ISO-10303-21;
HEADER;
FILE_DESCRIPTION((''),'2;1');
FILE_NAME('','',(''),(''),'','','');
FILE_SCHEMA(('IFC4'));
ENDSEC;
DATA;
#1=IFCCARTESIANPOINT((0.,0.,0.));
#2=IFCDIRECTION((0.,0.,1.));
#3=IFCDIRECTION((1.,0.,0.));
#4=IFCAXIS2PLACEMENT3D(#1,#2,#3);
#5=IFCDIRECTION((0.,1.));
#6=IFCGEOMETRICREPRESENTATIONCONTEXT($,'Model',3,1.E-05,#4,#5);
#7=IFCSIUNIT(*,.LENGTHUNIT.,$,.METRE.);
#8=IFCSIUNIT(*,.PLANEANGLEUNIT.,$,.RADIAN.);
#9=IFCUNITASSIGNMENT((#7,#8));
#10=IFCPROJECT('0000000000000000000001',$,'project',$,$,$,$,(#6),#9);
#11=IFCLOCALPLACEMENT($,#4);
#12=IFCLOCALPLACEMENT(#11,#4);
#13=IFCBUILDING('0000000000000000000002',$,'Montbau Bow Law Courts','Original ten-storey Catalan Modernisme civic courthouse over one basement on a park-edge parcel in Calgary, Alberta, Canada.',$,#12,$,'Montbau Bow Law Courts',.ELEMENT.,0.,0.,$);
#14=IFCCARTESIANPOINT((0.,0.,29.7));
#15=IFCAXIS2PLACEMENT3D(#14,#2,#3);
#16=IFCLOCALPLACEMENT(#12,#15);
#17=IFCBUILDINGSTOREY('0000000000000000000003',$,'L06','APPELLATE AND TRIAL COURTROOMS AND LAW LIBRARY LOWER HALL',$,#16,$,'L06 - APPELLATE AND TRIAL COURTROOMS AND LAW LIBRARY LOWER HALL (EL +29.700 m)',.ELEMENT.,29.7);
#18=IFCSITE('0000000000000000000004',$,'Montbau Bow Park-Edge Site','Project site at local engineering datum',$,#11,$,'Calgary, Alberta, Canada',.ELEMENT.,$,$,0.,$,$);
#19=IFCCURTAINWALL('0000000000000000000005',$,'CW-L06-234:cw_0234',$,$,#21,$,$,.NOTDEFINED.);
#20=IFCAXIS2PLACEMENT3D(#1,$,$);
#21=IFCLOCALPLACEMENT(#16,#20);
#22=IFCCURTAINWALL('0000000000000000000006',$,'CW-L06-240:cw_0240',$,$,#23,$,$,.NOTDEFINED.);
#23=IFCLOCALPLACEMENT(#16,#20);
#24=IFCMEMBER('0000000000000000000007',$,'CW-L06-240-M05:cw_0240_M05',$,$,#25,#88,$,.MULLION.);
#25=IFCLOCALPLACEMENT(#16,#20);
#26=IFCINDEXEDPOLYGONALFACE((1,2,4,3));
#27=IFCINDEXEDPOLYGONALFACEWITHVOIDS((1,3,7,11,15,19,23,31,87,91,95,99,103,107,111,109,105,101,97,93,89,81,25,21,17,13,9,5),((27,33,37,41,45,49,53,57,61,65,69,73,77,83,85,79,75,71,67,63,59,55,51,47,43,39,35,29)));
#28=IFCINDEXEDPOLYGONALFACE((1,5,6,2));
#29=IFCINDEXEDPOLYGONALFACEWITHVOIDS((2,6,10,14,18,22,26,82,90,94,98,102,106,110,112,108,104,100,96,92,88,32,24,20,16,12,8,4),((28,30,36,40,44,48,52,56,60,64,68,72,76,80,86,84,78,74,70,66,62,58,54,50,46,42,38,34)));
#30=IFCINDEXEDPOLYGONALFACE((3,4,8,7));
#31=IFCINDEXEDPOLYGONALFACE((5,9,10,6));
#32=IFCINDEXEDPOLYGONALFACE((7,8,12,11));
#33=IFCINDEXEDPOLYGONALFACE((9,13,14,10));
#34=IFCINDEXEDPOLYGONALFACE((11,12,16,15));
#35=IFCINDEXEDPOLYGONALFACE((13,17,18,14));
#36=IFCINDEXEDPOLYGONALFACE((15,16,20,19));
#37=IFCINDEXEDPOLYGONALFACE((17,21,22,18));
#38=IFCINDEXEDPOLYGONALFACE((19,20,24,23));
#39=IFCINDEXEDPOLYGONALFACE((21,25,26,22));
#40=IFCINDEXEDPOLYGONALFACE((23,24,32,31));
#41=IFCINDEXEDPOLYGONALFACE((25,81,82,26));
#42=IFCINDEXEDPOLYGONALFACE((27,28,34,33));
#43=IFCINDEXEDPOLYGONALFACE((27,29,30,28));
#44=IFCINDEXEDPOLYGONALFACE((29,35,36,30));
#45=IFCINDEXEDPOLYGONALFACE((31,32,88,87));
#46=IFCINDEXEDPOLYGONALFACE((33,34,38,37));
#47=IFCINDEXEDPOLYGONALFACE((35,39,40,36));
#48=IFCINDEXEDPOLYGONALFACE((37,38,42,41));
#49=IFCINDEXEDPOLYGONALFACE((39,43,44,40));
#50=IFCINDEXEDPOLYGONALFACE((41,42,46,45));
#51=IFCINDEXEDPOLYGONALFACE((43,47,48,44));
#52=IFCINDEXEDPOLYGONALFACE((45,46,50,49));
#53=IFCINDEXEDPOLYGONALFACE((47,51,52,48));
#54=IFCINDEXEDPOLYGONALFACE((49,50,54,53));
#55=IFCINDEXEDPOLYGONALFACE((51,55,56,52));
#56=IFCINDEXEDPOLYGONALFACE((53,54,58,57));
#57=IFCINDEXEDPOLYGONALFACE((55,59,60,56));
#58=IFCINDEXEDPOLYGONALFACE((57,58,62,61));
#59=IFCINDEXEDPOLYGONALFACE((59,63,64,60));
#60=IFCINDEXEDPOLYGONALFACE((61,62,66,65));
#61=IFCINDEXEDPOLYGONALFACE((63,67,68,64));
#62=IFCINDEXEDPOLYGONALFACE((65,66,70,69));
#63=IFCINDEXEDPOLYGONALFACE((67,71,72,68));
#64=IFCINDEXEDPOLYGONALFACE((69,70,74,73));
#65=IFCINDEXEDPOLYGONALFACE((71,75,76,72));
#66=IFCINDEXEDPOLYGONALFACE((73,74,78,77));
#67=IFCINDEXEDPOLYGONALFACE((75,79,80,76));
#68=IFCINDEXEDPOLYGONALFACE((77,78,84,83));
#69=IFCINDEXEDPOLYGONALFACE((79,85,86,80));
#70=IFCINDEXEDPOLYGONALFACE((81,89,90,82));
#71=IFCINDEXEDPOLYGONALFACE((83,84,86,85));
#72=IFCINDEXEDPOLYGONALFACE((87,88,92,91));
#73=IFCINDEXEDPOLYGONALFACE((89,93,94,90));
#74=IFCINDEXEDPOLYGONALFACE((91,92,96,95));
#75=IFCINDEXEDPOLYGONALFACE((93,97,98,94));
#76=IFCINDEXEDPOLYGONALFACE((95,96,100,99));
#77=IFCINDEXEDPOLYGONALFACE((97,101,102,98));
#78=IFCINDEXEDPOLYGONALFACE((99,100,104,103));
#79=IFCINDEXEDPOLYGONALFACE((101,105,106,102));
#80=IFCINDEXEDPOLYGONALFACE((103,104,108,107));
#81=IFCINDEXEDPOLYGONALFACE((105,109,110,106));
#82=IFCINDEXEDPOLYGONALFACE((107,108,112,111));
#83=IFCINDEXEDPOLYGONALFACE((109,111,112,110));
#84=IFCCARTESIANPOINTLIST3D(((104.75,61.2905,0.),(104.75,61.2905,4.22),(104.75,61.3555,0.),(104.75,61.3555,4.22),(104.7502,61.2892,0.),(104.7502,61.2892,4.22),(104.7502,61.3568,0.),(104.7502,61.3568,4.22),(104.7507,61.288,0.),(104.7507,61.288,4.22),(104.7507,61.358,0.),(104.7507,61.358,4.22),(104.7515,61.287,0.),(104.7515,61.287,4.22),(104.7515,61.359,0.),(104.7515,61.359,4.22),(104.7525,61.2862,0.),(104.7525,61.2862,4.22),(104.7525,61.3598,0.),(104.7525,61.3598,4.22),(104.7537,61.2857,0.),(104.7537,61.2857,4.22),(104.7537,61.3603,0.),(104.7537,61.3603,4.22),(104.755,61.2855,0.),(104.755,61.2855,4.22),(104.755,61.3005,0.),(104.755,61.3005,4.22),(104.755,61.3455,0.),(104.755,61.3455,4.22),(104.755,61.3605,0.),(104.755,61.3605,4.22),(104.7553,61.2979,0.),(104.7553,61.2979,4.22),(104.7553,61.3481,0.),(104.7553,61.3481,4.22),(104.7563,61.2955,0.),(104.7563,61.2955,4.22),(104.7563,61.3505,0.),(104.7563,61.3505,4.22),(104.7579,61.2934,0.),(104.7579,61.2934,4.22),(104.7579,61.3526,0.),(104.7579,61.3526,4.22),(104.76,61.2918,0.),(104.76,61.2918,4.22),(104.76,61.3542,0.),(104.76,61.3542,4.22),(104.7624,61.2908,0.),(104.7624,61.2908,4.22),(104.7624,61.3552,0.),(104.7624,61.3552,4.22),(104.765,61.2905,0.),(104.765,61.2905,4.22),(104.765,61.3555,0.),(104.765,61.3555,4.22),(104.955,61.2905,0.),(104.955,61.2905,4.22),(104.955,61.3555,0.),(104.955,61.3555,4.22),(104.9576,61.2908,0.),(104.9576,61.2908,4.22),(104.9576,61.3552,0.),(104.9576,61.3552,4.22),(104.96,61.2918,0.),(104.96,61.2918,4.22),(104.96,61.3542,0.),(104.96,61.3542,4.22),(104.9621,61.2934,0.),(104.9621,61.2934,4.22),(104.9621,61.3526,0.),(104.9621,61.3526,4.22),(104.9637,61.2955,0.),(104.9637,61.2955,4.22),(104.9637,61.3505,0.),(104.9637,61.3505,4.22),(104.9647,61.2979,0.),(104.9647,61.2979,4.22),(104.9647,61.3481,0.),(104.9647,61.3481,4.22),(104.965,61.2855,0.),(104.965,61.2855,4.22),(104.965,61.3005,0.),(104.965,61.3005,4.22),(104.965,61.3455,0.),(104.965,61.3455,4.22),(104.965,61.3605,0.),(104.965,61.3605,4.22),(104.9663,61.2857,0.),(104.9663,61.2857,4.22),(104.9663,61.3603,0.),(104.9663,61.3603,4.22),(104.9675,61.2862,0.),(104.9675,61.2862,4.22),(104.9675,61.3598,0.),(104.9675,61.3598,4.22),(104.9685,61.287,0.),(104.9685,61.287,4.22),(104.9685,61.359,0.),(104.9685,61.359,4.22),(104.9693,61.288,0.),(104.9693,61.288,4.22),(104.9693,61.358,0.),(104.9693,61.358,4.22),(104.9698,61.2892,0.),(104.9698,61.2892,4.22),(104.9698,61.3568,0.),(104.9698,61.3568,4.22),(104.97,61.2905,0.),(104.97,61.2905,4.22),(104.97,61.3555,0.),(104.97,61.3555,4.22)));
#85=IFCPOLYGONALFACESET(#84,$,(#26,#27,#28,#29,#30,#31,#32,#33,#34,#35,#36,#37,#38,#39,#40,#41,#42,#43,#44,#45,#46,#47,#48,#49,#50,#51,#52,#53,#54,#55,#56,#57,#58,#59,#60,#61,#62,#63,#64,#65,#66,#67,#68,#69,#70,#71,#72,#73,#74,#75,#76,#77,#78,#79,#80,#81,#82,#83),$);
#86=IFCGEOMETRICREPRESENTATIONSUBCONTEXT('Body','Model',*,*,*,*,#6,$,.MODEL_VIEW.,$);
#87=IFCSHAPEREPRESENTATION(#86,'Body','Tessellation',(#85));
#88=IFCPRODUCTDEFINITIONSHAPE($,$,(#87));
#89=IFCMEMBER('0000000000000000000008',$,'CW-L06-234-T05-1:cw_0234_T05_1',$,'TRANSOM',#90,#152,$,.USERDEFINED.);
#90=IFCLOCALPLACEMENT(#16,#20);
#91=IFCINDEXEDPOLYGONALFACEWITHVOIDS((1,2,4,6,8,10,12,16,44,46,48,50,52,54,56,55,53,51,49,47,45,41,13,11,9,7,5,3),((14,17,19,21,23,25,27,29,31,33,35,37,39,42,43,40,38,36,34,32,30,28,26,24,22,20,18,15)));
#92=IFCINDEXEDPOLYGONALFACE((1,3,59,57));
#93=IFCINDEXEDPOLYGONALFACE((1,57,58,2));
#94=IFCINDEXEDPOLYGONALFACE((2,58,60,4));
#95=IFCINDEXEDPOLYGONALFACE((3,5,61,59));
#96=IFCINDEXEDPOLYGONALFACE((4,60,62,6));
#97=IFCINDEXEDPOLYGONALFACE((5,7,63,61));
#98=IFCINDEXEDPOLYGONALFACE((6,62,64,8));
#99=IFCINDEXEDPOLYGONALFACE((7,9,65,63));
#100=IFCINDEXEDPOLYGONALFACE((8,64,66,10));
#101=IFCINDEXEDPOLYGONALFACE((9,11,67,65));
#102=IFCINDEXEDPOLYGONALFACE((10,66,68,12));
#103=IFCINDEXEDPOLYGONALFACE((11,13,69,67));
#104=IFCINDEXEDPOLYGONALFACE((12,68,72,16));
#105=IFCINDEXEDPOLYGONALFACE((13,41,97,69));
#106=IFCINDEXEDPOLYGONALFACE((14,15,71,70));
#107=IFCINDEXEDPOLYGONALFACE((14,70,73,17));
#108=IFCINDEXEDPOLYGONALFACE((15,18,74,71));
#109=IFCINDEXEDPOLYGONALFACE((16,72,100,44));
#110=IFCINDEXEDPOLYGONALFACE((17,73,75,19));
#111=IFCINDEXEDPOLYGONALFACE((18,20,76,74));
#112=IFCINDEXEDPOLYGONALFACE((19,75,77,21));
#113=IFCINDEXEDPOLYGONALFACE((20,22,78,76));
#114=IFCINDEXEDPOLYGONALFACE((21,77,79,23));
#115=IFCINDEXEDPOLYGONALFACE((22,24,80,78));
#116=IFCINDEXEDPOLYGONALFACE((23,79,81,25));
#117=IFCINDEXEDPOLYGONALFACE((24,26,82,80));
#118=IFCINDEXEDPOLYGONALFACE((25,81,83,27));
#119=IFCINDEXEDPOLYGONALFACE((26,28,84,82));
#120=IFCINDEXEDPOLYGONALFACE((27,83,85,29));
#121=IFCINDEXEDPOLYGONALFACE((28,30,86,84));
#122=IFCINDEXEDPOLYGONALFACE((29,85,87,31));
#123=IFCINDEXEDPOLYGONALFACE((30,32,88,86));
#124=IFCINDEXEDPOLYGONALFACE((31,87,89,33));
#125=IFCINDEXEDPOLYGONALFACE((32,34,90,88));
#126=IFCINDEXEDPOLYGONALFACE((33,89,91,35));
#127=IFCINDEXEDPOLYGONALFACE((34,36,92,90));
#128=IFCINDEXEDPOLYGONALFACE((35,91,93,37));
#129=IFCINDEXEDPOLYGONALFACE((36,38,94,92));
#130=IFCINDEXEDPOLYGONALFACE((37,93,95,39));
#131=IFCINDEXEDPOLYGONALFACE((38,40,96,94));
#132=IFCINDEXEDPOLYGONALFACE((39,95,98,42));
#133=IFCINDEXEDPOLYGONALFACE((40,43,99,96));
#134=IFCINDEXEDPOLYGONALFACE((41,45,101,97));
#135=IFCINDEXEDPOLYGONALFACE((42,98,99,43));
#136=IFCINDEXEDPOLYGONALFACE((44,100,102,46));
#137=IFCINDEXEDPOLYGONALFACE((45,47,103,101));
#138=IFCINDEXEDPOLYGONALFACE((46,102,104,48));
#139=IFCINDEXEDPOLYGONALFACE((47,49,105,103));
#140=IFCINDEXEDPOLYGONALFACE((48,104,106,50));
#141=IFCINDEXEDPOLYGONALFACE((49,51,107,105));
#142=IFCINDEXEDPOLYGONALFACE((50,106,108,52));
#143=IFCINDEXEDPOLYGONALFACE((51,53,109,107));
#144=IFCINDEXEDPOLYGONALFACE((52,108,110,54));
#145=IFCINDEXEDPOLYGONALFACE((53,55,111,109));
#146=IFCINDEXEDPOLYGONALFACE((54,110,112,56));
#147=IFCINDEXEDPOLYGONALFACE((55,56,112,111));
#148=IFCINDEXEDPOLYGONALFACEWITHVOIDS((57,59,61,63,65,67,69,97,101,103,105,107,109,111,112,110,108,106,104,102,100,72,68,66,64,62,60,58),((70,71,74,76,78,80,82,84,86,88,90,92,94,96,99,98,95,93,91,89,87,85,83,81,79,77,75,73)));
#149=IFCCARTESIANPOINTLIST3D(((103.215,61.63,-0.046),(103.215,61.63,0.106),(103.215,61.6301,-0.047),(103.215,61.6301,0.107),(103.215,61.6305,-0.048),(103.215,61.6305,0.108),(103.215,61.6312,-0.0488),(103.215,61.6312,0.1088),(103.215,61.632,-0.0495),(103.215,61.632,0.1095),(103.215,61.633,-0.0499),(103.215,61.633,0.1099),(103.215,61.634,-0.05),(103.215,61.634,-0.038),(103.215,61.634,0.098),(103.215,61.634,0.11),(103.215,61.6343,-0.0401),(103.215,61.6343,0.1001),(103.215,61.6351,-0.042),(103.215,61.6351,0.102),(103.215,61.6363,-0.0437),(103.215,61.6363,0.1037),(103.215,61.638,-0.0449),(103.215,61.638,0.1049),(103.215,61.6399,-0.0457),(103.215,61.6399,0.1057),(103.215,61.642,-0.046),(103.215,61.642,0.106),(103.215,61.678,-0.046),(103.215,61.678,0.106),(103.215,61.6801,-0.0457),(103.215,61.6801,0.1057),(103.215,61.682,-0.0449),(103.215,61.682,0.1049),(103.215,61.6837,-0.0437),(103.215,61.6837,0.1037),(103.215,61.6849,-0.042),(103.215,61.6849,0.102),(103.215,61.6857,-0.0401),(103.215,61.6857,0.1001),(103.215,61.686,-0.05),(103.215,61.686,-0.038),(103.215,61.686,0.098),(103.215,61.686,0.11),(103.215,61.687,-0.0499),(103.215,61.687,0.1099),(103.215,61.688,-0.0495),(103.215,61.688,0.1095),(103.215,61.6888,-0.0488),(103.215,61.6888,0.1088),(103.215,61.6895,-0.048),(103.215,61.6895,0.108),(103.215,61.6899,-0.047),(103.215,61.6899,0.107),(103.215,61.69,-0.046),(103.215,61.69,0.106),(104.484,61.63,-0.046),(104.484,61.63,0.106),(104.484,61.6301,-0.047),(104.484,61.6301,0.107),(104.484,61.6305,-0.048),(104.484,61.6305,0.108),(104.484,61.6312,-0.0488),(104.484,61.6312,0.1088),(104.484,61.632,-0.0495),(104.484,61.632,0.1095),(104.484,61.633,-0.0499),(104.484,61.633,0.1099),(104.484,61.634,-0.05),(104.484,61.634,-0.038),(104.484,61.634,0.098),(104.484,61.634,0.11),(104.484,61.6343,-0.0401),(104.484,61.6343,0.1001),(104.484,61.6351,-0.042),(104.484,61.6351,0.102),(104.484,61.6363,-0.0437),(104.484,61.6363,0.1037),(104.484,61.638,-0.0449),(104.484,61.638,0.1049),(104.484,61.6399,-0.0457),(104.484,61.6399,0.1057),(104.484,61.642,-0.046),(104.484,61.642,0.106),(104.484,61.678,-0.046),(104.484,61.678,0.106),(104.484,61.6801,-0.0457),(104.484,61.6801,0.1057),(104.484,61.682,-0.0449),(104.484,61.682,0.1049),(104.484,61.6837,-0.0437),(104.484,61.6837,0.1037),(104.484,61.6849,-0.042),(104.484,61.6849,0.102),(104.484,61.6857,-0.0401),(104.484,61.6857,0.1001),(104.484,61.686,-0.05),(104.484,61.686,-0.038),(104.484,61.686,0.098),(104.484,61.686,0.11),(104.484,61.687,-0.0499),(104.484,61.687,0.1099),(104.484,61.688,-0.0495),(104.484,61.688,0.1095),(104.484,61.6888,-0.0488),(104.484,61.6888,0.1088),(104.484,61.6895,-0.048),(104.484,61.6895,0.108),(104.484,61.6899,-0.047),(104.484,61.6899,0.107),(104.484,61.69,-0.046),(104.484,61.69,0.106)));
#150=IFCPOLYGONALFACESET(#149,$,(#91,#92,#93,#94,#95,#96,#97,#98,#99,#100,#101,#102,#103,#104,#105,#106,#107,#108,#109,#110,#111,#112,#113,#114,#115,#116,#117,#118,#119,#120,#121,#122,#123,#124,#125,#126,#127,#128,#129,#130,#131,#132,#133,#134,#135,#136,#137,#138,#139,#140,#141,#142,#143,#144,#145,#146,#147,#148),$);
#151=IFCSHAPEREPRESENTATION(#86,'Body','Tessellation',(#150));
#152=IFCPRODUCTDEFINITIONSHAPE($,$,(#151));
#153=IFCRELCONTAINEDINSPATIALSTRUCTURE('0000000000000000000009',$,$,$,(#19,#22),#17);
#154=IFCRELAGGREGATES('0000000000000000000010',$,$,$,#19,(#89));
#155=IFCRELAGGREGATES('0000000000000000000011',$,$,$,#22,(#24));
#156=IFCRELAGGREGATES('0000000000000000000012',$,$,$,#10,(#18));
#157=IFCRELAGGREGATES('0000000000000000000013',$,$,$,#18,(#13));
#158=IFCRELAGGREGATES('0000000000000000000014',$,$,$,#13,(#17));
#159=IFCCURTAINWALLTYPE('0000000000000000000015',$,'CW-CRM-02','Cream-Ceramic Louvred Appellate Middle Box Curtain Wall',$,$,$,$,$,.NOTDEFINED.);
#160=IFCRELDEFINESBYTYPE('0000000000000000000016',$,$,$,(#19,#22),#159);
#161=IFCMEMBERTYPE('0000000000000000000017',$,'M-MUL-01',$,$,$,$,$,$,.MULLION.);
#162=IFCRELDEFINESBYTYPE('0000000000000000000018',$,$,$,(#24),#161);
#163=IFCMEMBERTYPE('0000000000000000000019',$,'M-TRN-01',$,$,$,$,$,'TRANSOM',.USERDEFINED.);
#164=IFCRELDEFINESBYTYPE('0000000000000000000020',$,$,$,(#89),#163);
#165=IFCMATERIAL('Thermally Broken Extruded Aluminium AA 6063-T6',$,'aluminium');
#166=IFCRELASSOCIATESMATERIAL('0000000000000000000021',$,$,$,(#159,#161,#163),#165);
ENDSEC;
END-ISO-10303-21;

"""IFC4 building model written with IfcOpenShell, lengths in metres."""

from ifc_helpers import new_model, si_unit, direction, frame, origin_with_axes, origin_2d_with_axis, place, context, subcontext, project, spatial, hollow_rectangle, extrude, material, material_profile, profile_set, type_object, element, aggregate, save


model = new_model("IFC4")

# Units and contexts
model_context = context("Model", 3, precision=1e-05, world=origin_with_axes(), true_north=direction((0.0, 1.0)))
body_context = subcontext(model_context, "Body", "Model", "MODEL_VIEW")
ifc_project = project(units=[si_unit("LENGTHUNIT", "METRE"), si_unit("PLANEANGLEUNIT", "RADIAN")], contexts=[model_context])

# Site, building, storey
site_placement = place(None, origin_with_axes())
site = spatial("IfcSite", under=ifc_project, at=site_placement, Name="Montbau Bow Park-Edge Site", Description="Project site at local engineering datum", LongName="Calgary, Alberta, Canada", CompositionType="ELEMENT", RefElevation=0.0)
building_placement = place(site_placement, origin_with_axes())
building = spatial("IfcBuilding", under=site, at=building_placement, Name="Montbau Bow Law Courts", Description="Original ten-storey Catalan Modernisme civic courthouse over one basement on a park-edge parcel in Calgary, Alberta, Canada.", LongName="Montbau Bow Law Courts", CompositionType="ELEMENT", ElevationOfRefHeight=0.0, ElevationOfTerrain=0.0)
storey_placement = place(building_placement, frame((0.0, 0.0, 29.7), z_axis=(0.0, 0.0, 1.0), x_axis=(1.0, 0.0, 0.0)))
storey = spatial("IfcBuildingStorey", under=building, at=storey_placement, Name="L06", Description="APPELLATE AND TRIAL COURTROOMS AND LAW LIBRARY LOWER HALL", LongName="L06 - APPELLATE AND TRIAL COURTROOMS AND LAW LIBRARY LOWER HALL (EL +29.700 m)", CompositionType="ELEMENT", Elevation=29.7)

# Curtain wall
ifc_material_1 = material(Name="Thermally Broken Extruded Aluminium AA 6063-T6", Category="aluminium")
curtain_wall_type = type_object("IfcCurtainWallType", Name="CW-CRM-02", Description="Cream-Ceramic Louvred Appellate Middle Box Curtain Wall", PredefinedType="NOTDEFINED", material=ifc_material_1)
curtain_wall_1_placement = place(None, frame((97.64, 61.66, 29.7), z_axis=(0.0, 0.0, 1.0), x_axis=(1.0, 0.0, 0.0)))
curtain_wall_1 = element("IfcCurtainWall", 1, at=curtain_wall_1_placement, inside=storey, type_object=curtain_wall_type, Name="CW-L06-234:cw_0234", PredefinedType="NOTDEFINED")
ifc_material_profile_1 = material_profile(ifc_material_1, hollow_rectangle(XDim=0.075, YDim=0.22, WallThickness=0.005, InnerFilletRadius=0.01, OuterFilletRadius=0.005, at=origin_2d_with_axis()), Name="CWM-220X75", Category="Main", Priority=0)
ifc_profile_set_1 = profile_set([ifc_material_profile_1], Name="Thermally Broken Extruded Aluminium AA 6063-T6")
member_type_1 = type_object("IfcMemberType", Name="M-MUL-01", PredefinedType="MULLION", material=ifc_profile_set_1)

# Curtain wall, member
curtain_wall_2_placement = place(None, frame((104.86, 55.04, 29.7), z_axis=(0.0, 0.0, 1.0), x_axis=(1.0, 0.0, 0.0)))
curtain_wall_2 = element("IfcCurtainWall", 2, at=curtain_wall_2_placement, inside=storey, type_object=curtain_wall_type, Name="CW-L06-240:cw_0240", PredefinedType="NOTDEFINED")
member_1_placement = place(None, frame((104.86, 61.323, 29.7), z_axis=(0.0, 0.0, 1.0), x_axis=(0.0, 1.0, 0.0)))
member_1 = element("IfcMember", 3, at=member_1_placement, type_object=member_type_1, Name="CW-L06-240-M05:cw_0240_M05", PredefinedType="MULLION", context=body_context, shape_type="SweptSolid", body=[
    extrude(hollow_rectangle(XDim=0.075, YDim=0.22, WallThickness=0.005, InnerFilletRadius=0.01, OuterFilletRadius=0.005, at=origin_2d_with_axis()), origin_with_axes(), (0.0, 0.0, 1.0), 4.22),
])

# Member
ifc_material_profile_2 = material_profile(ifc_material_1, hollow_rectangle(XDim=0.06, YDim=0.16, WallThickness=0.004, InnerFilletRadius=0.008, OuterFilletRadius=0.004, at=origin_2d_with_axis()), Name="CWT-160X60", Category="Main", Priority=0)
ifc_profile_set_2 = profile_set([ifc_material_profile_2], Name="Thermally Broken Extruded Aluminium AA 6063-T6")
member_type_2 = type_object("IfcMemberType", Name="M-TRN-01", ElementType="TRANSOM", PredefinedType="USERDEFINED", material=ifc_profile_set_2)
member_2_placement = place(None, frame((103.215, 61.66, 29.73), z_axis=(1.0, 0.0, 0.0), x_axis=(0.0, 1.0, 0.0)))
member_2 = element("IfcMember", 4, at=member_2_placement, type_object=member_type_2, Name="CW-L06-234-T05-1:cw_0234_T05_1", ObjectType="TRANSOM", PredefinedType="USERDEFINED", context=body_context, shape_type="SweptSolid", body=[
    extrude(hollow_rectangle(XDim=0.06, YDim=0.16, WallThickness=0.004, InnerFilletRadius=0.008, OuterFilletRadius=0.004, at=origin_2d_with_axis()), origin_with_axes(), (0.0, 0.0, 1.0), 1.269),
])
aggregate(curtain_wall_1, [member_2])

aggregate(curtain_wall_2, [member_1])

save(model, "model.ifc")
